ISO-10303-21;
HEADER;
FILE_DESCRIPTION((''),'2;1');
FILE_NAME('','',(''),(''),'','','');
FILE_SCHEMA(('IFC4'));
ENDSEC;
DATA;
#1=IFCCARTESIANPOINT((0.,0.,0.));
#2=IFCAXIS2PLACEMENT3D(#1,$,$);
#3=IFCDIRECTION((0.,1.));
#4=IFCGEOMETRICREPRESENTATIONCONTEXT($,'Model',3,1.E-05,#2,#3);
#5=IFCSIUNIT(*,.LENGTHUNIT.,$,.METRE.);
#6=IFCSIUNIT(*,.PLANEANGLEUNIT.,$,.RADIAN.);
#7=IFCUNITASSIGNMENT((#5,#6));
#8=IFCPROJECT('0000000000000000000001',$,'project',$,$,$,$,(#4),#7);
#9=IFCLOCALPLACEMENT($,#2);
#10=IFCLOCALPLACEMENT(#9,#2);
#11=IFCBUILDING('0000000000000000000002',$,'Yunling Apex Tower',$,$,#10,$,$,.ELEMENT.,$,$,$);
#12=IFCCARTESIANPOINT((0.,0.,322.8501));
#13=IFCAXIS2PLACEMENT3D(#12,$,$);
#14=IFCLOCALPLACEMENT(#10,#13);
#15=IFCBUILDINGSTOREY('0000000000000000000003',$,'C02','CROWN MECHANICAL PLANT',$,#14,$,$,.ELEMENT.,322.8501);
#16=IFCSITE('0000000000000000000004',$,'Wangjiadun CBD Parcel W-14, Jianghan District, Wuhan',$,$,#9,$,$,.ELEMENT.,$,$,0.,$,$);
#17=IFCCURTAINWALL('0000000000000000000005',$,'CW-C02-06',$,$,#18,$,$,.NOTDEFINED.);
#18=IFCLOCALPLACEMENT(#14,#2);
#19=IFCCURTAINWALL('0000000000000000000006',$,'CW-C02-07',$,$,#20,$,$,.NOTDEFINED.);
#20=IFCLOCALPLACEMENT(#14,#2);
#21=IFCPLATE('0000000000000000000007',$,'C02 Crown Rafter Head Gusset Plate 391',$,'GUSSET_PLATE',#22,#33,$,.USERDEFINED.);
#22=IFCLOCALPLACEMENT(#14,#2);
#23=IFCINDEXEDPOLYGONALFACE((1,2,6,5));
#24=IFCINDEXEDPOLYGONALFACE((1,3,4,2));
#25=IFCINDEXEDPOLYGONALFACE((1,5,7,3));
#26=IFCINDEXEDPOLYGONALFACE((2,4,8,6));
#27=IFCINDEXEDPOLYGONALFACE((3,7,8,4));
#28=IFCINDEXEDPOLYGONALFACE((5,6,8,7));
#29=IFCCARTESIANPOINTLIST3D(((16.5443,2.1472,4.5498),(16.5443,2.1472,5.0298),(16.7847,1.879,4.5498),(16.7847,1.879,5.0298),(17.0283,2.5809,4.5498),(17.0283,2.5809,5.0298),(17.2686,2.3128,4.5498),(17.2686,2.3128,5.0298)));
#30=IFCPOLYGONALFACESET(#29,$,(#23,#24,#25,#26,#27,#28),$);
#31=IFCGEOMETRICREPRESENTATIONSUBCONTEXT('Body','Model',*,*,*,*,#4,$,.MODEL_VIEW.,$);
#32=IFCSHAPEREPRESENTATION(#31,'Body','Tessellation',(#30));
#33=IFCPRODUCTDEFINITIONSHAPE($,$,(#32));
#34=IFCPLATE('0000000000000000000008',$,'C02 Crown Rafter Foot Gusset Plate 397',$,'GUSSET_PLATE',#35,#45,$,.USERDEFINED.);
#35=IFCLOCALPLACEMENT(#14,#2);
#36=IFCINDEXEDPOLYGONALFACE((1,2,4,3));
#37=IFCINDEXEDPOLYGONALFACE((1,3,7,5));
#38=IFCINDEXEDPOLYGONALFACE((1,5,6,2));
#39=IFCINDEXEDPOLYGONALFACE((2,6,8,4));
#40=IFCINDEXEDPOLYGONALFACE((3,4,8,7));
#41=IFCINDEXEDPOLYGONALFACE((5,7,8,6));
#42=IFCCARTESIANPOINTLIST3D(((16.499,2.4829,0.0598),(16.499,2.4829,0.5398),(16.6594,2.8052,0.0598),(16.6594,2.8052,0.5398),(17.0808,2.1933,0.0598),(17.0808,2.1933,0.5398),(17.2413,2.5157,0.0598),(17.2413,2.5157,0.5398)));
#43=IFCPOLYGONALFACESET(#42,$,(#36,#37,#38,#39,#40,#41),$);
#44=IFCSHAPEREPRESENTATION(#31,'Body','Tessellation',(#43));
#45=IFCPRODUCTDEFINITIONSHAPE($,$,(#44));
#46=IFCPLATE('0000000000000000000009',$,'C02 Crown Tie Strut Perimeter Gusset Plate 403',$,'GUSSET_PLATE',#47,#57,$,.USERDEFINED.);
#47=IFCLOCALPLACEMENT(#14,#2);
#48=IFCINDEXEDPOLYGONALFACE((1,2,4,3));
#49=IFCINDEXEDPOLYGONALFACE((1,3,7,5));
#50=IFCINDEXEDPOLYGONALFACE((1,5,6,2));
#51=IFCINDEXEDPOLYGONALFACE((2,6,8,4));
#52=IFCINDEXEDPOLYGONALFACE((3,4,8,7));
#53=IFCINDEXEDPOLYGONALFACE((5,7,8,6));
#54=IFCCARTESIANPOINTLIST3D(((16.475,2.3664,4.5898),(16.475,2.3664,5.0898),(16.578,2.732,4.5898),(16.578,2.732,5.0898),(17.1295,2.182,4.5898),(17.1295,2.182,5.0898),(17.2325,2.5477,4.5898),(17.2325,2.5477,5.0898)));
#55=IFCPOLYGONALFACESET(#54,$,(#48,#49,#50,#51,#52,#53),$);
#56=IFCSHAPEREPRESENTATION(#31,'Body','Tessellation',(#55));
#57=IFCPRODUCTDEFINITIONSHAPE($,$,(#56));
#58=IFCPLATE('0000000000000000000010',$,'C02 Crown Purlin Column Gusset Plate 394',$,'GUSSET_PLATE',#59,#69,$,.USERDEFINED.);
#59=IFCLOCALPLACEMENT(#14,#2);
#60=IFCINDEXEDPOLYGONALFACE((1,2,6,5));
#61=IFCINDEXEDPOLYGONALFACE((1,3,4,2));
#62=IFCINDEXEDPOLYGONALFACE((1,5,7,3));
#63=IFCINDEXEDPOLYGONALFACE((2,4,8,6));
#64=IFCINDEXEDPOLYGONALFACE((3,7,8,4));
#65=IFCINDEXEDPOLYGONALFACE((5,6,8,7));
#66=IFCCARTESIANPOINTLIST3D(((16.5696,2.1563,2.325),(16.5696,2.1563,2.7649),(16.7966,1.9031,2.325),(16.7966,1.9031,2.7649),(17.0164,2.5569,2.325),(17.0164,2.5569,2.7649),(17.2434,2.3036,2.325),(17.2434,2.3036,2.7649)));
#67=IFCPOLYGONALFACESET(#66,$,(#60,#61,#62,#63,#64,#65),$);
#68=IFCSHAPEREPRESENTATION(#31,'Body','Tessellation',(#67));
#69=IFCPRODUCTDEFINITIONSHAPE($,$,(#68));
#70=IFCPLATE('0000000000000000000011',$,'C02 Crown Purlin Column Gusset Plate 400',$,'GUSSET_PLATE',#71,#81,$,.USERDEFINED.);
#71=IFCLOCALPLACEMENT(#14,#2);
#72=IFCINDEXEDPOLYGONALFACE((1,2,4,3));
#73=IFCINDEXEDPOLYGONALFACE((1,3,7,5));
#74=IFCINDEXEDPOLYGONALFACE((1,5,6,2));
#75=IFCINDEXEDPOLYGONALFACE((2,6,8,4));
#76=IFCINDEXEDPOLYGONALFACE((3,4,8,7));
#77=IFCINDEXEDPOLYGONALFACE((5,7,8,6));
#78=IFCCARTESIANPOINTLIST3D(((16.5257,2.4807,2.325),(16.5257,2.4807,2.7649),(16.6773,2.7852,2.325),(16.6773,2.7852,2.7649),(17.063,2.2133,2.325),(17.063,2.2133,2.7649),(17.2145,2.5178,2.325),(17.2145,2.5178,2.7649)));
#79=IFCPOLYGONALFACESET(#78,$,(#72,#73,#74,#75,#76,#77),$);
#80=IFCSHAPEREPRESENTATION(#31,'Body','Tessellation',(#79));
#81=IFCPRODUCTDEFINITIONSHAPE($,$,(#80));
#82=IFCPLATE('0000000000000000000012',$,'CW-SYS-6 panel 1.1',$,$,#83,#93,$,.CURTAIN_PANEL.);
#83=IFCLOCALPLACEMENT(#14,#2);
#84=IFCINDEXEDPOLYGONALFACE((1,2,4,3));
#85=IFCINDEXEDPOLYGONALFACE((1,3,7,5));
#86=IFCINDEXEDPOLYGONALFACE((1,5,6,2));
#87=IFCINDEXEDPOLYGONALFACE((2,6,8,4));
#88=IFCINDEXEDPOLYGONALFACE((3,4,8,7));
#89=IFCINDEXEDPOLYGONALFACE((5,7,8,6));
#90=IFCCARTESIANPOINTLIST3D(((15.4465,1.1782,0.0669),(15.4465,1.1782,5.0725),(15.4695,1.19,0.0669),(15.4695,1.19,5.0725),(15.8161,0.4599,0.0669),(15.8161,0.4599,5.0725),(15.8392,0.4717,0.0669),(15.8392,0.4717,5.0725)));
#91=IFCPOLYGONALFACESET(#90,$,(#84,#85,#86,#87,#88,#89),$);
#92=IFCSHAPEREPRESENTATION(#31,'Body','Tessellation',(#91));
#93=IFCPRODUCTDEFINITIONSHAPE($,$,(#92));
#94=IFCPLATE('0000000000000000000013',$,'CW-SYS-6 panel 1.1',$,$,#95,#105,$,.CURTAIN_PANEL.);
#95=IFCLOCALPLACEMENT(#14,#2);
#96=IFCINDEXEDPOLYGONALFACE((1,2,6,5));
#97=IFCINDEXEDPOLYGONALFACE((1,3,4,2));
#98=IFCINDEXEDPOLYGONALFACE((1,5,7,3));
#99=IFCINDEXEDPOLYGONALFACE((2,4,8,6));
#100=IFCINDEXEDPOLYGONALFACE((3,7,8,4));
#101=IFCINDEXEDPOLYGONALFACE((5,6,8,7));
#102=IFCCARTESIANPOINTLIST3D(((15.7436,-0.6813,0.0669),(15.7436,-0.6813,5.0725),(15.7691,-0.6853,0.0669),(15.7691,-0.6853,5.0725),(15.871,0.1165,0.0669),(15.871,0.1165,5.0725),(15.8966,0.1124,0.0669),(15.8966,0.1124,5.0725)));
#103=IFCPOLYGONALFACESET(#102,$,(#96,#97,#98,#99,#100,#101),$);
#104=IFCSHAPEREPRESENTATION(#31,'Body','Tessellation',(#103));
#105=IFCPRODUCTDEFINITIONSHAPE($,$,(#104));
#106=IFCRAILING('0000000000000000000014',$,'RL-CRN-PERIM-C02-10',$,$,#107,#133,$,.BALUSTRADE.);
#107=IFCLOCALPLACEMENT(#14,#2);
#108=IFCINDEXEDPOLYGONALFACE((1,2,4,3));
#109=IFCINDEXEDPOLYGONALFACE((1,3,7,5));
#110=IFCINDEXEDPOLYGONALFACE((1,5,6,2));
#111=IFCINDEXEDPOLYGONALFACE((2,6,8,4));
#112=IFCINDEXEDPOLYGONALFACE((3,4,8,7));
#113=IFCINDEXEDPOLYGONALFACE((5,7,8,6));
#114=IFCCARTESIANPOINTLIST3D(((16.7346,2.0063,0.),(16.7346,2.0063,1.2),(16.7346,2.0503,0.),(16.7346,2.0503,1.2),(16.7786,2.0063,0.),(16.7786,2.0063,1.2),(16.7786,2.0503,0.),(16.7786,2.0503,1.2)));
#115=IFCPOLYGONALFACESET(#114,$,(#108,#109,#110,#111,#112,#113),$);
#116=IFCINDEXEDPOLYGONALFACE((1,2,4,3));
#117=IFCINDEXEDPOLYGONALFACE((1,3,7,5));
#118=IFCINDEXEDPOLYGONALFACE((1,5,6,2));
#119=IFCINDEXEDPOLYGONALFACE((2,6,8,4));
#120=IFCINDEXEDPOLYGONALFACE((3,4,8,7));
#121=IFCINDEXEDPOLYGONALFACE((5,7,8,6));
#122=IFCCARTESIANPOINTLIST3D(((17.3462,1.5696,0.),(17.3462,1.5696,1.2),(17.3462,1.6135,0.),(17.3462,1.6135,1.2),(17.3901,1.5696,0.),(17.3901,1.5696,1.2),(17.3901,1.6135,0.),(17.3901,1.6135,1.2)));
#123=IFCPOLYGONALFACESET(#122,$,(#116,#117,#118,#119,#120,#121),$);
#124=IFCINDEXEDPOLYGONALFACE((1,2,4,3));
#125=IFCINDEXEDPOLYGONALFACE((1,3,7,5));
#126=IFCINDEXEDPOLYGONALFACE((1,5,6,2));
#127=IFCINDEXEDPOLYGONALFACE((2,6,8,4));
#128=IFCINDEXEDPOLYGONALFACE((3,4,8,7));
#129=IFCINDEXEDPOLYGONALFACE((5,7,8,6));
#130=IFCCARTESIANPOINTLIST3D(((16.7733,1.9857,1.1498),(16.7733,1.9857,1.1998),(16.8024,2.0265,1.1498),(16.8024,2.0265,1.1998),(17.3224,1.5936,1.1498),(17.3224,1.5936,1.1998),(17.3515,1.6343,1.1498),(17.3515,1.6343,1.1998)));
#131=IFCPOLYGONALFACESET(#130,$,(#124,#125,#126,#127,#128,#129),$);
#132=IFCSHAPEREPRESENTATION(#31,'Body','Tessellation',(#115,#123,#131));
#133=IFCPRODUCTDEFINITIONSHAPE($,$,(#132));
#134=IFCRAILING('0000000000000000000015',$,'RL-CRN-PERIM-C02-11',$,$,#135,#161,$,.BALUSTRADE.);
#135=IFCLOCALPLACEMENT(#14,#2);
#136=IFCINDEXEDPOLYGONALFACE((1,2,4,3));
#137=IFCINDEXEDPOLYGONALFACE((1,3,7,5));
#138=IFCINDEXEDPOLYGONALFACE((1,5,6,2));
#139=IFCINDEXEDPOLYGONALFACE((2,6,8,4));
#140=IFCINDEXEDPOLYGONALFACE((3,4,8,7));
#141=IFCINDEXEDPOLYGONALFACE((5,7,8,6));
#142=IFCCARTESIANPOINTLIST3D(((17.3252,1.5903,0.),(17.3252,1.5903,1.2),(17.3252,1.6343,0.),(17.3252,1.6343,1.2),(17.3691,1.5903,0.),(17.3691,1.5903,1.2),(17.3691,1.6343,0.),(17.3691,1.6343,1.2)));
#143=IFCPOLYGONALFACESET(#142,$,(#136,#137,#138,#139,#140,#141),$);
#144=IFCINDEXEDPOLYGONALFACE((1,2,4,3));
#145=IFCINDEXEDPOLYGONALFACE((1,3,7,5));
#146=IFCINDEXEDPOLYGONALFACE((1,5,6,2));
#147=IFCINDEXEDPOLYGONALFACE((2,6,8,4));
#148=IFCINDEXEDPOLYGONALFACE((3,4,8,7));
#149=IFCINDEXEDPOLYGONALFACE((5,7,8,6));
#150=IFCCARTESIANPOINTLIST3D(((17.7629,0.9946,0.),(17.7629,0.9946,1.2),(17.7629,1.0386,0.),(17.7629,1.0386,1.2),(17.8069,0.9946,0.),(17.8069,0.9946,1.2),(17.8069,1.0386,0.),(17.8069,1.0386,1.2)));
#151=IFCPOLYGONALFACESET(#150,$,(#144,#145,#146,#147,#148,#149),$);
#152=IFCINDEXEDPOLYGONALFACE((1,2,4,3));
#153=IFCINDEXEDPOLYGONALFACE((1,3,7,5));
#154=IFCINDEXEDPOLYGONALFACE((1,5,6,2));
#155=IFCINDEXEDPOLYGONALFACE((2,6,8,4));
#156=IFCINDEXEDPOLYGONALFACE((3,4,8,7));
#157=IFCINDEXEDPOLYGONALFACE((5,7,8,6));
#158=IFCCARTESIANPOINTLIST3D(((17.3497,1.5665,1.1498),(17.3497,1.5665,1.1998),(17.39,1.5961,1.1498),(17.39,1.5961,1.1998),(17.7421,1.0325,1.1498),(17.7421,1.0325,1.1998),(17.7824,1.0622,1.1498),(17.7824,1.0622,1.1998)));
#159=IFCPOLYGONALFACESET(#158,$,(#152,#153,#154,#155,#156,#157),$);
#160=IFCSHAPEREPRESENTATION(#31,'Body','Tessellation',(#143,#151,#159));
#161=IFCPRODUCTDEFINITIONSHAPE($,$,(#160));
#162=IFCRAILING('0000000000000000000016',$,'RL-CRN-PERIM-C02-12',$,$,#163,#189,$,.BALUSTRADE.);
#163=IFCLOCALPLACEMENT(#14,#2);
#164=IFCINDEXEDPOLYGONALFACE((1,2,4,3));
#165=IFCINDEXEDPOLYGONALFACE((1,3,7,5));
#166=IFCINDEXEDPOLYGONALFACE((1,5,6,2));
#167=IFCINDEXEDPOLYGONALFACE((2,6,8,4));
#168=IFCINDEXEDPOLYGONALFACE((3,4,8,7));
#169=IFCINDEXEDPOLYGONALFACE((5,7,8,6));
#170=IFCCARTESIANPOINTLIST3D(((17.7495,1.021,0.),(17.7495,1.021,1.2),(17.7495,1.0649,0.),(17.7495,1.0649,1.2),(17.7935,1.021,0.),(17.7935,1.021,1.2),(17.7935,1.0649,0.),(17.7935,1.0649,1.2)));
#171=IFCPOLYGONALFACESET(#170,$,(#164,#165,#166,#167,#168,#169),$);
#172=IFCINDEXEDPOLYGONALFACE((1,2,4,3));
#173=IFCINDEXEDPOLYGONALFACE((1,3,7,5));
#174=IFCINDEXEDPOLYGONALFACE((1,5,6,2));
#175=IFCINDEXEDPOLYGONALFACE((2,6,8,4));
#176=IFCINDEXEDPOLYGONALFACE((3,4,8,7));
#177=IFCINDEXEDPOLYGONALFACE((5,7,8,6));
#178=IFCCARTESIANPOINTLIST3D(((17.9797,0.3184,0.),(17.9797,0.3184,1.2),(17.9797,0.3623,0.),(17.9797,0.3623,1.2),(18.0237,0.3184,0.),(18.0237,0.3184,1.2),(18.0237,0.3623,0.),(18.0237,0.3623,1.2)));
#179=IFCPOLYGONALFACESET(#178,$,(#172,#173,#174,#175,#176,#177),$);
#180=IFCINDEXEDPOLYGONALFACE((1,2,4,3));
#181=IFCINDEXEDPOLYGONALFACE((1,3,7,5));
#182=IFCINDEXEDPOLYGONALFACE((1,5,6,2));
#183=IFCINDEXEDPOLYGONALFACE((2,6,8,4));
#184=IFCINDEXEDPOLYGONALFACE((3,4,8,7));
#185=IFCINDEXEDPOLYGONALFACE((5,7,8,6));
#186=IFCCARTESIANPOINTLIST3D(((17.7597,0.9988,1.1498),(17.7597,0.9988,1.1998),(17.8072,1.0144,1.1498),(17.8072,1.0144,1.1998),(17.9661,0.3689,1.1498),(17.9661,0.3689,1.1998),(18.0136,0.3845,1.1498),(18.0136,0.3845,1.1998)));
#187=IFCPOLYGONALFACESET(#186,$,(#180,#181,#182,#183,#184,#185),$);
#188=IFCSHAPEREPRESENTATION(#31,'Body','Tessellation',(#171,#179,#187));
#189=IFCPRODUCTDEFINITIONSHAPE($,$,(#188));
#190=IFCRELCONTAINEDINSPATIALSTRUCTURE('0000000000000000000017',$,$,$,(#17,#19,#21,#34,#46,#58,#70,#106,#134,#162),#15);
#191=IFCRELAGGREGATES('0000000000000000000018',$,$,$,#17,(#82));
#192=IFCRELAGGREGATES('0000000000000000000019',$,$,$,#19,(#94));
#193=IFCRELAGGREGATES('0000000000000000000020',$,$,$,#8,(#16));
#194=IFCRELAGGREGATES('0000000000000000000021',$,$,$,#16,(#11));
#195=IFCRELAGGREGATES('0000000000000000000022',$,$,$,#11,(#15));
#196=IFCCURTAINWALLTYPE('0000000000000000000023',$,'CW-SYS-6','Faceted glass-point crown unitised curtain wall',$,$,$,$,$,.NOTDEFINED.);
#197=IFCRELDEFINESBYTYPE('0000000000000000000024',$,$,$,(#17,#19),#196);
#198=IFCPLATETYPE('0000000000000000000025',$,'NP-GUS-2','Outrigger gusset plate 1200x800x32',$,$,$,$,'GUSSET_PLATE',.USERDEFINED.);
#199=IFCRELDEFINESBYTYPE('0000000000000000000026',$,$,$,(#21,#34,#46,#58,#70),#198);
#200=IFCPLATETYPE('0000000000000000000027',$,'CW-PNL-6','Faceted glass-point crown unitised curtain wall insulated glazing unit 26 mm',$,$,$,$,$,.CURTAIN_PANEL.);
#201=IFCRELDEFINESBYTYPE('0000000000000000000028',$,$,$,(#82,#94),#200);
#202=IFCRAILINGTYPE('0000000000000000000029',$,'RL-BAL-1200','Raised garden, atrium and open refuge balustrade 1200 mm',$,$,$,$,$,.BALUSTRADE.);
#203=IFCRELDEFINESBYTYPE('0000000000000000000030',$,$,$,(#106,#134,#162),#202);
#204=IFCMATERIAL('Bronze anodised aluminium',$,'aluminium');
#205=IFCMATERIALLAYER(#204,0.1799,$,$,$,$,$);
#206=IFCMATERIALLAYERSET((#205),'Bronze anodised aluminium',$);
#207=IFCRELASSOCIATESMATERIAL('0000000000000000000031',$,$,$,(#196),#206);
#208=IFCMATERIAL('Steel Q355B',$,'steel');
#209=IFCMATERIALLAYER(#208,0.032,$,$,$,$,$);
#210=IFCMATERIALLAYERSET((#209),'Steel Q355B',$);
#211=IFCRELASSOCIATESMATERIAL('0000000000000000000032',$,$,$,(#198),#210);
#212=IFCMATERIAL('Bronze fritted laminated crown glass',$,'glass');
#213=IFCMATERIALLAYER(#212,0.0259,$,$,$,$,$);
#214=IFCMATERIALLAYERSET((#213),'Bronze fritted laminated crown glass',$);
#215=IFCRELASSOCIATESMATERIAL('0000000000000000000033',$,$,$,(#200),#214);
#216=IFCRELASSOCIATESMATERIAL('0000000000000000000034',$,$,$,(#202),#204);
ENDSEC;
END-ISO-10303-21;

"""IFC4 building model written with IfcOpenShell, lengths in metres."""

from ifc_helpers import new_model, si_unit, direction, frame, origin, origin_2d, place, context, subcontext, project, spatial, rectangle, extrude, source, transform, mapped, material, layer, layer_set, type_object, element, aggregate, save


model = new_model("IFC4")

# Units and contexts
model_context = context("Model", 3, precision=1e-05, world=origin(), true_north=direction((0.0, 1.0)))
body_context = subcontext(model_context, "Body", "Model", "MODEL_VIEW")
ifc_project = project(units=[si_unit("LENGTHUNIT", "METRE"), si_unit("PLANEANGLEUNIT", "RADIAN")], contexts=[model_context])

# Site, building, storey
site_placement = place(None, origin())
site = spatial("IfcSite", under=ifc_project, at=site_placement, Name="Wangjiadun CBD Parcel W-14, Jianghan District, Wuhan", CompositionType="ELEMENT", RefElevation=0.0)
building_placement = place(site_placement, origin())
building = spatial("IfcBuilding", under=site, at=building_placement, Name="Yunling Apex Tower", CompositionType="ELEMENT")
storey_placement = place(building_placement, frame((0.0, 0.0, 322.8501)))
storey = spatial("IfcBuildingStorey", under=building, at=storey_placement, Name="C02", Description="CROWN MECHANICAL PLANT", CompositionType="ELEMENT", Elevation=322.8501)

# Shared definitions
ifc_material_1 = material(Name="Steel Q355B", Category="steel")

# Curtain wall
ifc_material_2 = material(Name="Bronze anodised aluminium", Category="aluminium")
ifc_layer_1 = layer(ifc_material_2, 0.1799)
ifc_layer_set_1 = layer_set([ifc_layer_1], Name="Bronze anodised aluminium")
curtain_wall_type = type_object("IfcCurtainWallType", Name="CW-SYS-6", Description="Faceted glass-point crown unitised curtain wall", PredefinedType="NOTDEFINED", material=ifc_layer_set_1)
curtain_wall_1_placement = place(storey_placement, origin())
curtain_wall_1 = element("IfcCurtainWall", 1, at=curtain_wall_1_placement, inside=storey, type_object=curtain_wall_type, Name="CW-C02-06", PredefinedType="NOTDEFINED")

# Curtain wall
curtain_wall_2_placement = place(storey_placement, origin())
curtain_wall_2 = element("IfcCurtainWall", 2, at=curtain_wall_2_placement, inside=storey, type_object=curtain_wall_type, Name="CW-C02-07", PredefinedType="NOTDEFINED")

# Plates
ifc_layer_2 = layer(ifc_material_1, 0.032)
ifc_layer_set_2 = layer_set([ifc_layer_2], Name="Steel Q355B")
plate_type_1 = type_object("IfcPlateType", Name="NP-GUS-2", Description="Outrigger gusset plate 1200x800x32", ElementType="GUSSET_PLATE", PredefinedType="USERDEFINED", material=ifc_layer_set_2)
shared_shape_1 = source(origin(), body_context, "Body", "SweptSolid", [
    extrude(rectangle(XDim=0.6499, YDim=0.3601, at=origin_2d()), origin(), (0.0, 0.0, 1.0), 0.48),
])
for number, where, z_axis, x_axis, name in (
    (3, (16.9065, 2.23, 4.5498), (0.0, 0.0, 1.0), (0.744661, 0.667443, 0.0), "C02 Crown Rafter Head Gusset Plate 391"),
    (4, (16.8701, 2.4993, 0.0598), (0.0, 0.0, 1.0), (-0.895246, 0.445573, 0.0), "C02 Crown Rafter Foot Gusset Plate 397"),
):
    element("IfcPlate", number, at=place(storey_placement, frame(where, z_axis=z_axis, x_axis=x_axis)), inside=storey, type_object=plate_type_1, Name=name, ObjectType="GUSSET_PLATE", PredefinedType="USERDEFINED", context=body_context, shape_type="MappedRepresentation", body=[
        mapped(shared_shape_1, transform((0.0, 0.0, 0.0), scale=1.0)),
    ])
shared_shape_2 = source(origin(), body_context, "Body", "SweptSolid", [
    extrude(rectangle(XDim=0.6799, YDim=0.3799, at=origin_2d()), origin(), (0.0, 0.0, 1.0), 0.5),
])
plate_1_placement = place(storey_placement, frame((16.8538, 2.457, 4.5898), z_axis=(0.0, 0.0, 1.0), x_axis=(0.96255, -0.271104, 0.0)))
element("IfcPlate", 5, at=plate_1_placement, inside=storey, type_object=plate_type_1, Name="C02 Crown Tie Strut Perimeter Gusset Plate 403", ObjectType="GUSSET_PLATE", PredefinedType="USERDEFINED", context=body_context, shape_type="MappedRepresentation", body=[
    mapped(shared_shape_2, transform((0.0, 0.0, 0.0), scale=1.0)),
])
shared_shape_3 = source(origin(), body_context, "Body", "SweptSolid", [
    extrude(rectangle(XDim=0.6001, YDim=0.3401, at=origin_2d()), origin(), (0.0, 0.0, 1.0), 0.4399),
])
for number, where, z_axis, x_axis, name in (
    (6, (16.9065, 2.23, 2.325), (0.0, 0.0, 1.0), (0.744661, 0.667443, 0.0), "C02 Crown Purlin Column Gusset Plate 394"),
    (7, (16.8701, 2.4993, 2.325), (0.0, 0.0, 1.0), (-0.895246, 0.445573, 0.0), "C02 Crown Purlin Column Gusset Plate 400"),
):
    element("IfcPlate", number, at=place(storey_placement, frame(where, z_axis=z_axis, x_axis=x_axis)), inside=storey, type_object=plate_type_1, Name=name, ObjectType="GUSSET_PLATE", PredefinedType="USERDEFINED", context=body_context, shape_type="MappedRepresentation", body=[
        mapped(shared_shape_3, transform((0.0, 0.0, 0.0), scale=1.0)),
    ])

# Plates
ifc_material_3 = material(Name="Bronze fritted laminated crown glass", Category="glass")
ifc_layer_3 = layer(ifc_material_3, 0.0259)
ifc_layer_set_3 = layer_set([ifc_layer_3], Name="Bronze fritted laminated crown glass")
plate_type_2 = type_object("IfcPlateType", Name="CW-PNL-6", Description="Faceted glass-point crown unitised curtain wall insulated glazing unit 26 mm", PredefinedType="CURTAIN_PANEL", material=ifc_layer_set_3)
shared_shape_4 = source(origin(), body_context, "Body", "SweptSolid", [
    extrude(rectangle(XDim=0.8079, YDim=0.0259, at=origin_2d()), origin(), (0.0, 0.0, 1.0), 5.0056),
])
plate_2_placement = place(storey_placement, frame((15.6428, 0.825, 0.0669), z_axis=(0.0, 0.0, 1.0), x_axis=(0.457583, -0.889167, 0.0)))
plate_2 = element("IfcPlate", 8, at=plate_2_placement, type_object=plate_type_2, Name="CW-SYS-6 panel 1.1", PredefinedType="CURTAIN_PANEL", context=body_context, shape_type="MappedRepresentation", body=[
    mapped(shared_shape_4, transform((0.0, 0.0, 0.0), scale=1.0)),
])
aggregate(curtain_wall_1, [plate_2])
plate_3_placement = place(storey_placement, frame((15.8201, -0.2844, 0.0669), z_axis=(0.0, 0.0, 1.0), x_axis=(-0.157788, -0.987473, 0.0)))
plate_3 = element("IfcPlate", 9, at=plate_3_placement, type_object=plate_type_2, Name="CW-SYS-6 panel 1.1", PredefinedType="CURTAIN_PANEL", context=body_context, shape_type="MappedRepresentation", body=[
    mapped(shared_shape_4, transform((0.0, 0.0, 0.0), scale=1.0)),
])
aggregate(curtain_wall_2, [plate_3])

# Railings
railing_type = type_object("IfcRailingType", Name="RL-BAL-1200", Description="Raised garden, atrium and open refuge balustrade 1200 mm", PredefinedType="BALUSTRADE", material=ifc_material_2)
railing_1_placement = place(storey_placement, frame((16.7566, 2.0283, 0.0)))
element("IfcRailing", 10, at=railing_1_placement, inside=storey, type_object=railing_type, Name="RL-CRN-PERIM-C02-10", PredefinedType="BALUSTRADE", context=body_context, shape_type="SweptSolid", body=[
    extrude(rectangle(XDim=0.0439, YDim=0.0439, at=origin_2d()), origin(), (0.0, 0.0, 1.0), 1.2),
    extrude(rectangle(XDim=0.0439, YDim=0.0439, at=origin_2d()), frame((0.6116, -0.4368, 0.0)), (0.0, 0.0, 1.0), 1.2),
    extrude(rectangle(XDim=0.05, YDim=0.05, at=origin_2d()), frame((0.0312, -0.0222, 1.1748), z_axis=(0.813777, -0.581177, 0.0), x_axis=(0.581177, 0.813777, 0.0)), (0.0, 0.0, 1.0), 0.6748),
])
railing_2_placement = place(storey_placement, frame((17.3472, 1.6123, 0.0)))
element("IfcRailing", 11, at=railing_2_placement, inside=storey, type_object=railing_type, Name="RL-CRN-PERIM-C02-11", PredefinedType="BALUSTRADE", context=body_context, shape_type="SweptSolid", body=[
    extrude(rectangle(XDim=0.0439, YDim=0.0439, at=origin_2d()), origin(), (0.0, 0.0, 1.0), 1.2),
    extrude(rectangle(XDim=0.0439, YDim=0.0439, at=origin_2d()), frame((0.4377, -0.5957, 0.0)), (0.0, 0.0, 1.0), 1.2),
    extrude(rectangle(XDim=0.05, YDim=0.05, at=origin_2d()), frame((0.0227, -0.031, 1.1748), z_axis=(0.592151, -0.805827, 0.0), x_axis=(0.805827, 0.592151, 0.0)), (0.0, 0.0, 1.0), 0.6626),
])
railing_3_placement = place(storey_placement, frame((17.7715, 1.043, 0.0)))
element("IfcRailing", 12, at=railing_3_placement, inside=storey, type_object=railing_type, Name="RL-CRN-PERIM-C02-12", PredefinedType="BALUSTRADE", context=body_context, shape_type="SweptSolid", body=[
    extrude(rectangle(XDim=0.0439, YDim=0.0439, at=origin_2d()), origin(), (0.0, 0.0, 1.0), 1.2),
    extrude(rectangle(XDim=0.0439, YDim=0.0439, at=origin_2d()), frame((0.2302, -0.7026, 0.0)), (0.0, 0.0, 1.0), 1.2),
    extrude(rectangle(XDim=0.05, YDim=0.05, at=origin_2d()), frame((0.012, -0.0364, 1.1748), z_axis=(0.31137, -0.950289, 0.0), x_axis=(0.950289, 0.31137, 0.0)), (0.0, 0.0, 1.0), 0.6628),
])

save(model, "model.ifc")
